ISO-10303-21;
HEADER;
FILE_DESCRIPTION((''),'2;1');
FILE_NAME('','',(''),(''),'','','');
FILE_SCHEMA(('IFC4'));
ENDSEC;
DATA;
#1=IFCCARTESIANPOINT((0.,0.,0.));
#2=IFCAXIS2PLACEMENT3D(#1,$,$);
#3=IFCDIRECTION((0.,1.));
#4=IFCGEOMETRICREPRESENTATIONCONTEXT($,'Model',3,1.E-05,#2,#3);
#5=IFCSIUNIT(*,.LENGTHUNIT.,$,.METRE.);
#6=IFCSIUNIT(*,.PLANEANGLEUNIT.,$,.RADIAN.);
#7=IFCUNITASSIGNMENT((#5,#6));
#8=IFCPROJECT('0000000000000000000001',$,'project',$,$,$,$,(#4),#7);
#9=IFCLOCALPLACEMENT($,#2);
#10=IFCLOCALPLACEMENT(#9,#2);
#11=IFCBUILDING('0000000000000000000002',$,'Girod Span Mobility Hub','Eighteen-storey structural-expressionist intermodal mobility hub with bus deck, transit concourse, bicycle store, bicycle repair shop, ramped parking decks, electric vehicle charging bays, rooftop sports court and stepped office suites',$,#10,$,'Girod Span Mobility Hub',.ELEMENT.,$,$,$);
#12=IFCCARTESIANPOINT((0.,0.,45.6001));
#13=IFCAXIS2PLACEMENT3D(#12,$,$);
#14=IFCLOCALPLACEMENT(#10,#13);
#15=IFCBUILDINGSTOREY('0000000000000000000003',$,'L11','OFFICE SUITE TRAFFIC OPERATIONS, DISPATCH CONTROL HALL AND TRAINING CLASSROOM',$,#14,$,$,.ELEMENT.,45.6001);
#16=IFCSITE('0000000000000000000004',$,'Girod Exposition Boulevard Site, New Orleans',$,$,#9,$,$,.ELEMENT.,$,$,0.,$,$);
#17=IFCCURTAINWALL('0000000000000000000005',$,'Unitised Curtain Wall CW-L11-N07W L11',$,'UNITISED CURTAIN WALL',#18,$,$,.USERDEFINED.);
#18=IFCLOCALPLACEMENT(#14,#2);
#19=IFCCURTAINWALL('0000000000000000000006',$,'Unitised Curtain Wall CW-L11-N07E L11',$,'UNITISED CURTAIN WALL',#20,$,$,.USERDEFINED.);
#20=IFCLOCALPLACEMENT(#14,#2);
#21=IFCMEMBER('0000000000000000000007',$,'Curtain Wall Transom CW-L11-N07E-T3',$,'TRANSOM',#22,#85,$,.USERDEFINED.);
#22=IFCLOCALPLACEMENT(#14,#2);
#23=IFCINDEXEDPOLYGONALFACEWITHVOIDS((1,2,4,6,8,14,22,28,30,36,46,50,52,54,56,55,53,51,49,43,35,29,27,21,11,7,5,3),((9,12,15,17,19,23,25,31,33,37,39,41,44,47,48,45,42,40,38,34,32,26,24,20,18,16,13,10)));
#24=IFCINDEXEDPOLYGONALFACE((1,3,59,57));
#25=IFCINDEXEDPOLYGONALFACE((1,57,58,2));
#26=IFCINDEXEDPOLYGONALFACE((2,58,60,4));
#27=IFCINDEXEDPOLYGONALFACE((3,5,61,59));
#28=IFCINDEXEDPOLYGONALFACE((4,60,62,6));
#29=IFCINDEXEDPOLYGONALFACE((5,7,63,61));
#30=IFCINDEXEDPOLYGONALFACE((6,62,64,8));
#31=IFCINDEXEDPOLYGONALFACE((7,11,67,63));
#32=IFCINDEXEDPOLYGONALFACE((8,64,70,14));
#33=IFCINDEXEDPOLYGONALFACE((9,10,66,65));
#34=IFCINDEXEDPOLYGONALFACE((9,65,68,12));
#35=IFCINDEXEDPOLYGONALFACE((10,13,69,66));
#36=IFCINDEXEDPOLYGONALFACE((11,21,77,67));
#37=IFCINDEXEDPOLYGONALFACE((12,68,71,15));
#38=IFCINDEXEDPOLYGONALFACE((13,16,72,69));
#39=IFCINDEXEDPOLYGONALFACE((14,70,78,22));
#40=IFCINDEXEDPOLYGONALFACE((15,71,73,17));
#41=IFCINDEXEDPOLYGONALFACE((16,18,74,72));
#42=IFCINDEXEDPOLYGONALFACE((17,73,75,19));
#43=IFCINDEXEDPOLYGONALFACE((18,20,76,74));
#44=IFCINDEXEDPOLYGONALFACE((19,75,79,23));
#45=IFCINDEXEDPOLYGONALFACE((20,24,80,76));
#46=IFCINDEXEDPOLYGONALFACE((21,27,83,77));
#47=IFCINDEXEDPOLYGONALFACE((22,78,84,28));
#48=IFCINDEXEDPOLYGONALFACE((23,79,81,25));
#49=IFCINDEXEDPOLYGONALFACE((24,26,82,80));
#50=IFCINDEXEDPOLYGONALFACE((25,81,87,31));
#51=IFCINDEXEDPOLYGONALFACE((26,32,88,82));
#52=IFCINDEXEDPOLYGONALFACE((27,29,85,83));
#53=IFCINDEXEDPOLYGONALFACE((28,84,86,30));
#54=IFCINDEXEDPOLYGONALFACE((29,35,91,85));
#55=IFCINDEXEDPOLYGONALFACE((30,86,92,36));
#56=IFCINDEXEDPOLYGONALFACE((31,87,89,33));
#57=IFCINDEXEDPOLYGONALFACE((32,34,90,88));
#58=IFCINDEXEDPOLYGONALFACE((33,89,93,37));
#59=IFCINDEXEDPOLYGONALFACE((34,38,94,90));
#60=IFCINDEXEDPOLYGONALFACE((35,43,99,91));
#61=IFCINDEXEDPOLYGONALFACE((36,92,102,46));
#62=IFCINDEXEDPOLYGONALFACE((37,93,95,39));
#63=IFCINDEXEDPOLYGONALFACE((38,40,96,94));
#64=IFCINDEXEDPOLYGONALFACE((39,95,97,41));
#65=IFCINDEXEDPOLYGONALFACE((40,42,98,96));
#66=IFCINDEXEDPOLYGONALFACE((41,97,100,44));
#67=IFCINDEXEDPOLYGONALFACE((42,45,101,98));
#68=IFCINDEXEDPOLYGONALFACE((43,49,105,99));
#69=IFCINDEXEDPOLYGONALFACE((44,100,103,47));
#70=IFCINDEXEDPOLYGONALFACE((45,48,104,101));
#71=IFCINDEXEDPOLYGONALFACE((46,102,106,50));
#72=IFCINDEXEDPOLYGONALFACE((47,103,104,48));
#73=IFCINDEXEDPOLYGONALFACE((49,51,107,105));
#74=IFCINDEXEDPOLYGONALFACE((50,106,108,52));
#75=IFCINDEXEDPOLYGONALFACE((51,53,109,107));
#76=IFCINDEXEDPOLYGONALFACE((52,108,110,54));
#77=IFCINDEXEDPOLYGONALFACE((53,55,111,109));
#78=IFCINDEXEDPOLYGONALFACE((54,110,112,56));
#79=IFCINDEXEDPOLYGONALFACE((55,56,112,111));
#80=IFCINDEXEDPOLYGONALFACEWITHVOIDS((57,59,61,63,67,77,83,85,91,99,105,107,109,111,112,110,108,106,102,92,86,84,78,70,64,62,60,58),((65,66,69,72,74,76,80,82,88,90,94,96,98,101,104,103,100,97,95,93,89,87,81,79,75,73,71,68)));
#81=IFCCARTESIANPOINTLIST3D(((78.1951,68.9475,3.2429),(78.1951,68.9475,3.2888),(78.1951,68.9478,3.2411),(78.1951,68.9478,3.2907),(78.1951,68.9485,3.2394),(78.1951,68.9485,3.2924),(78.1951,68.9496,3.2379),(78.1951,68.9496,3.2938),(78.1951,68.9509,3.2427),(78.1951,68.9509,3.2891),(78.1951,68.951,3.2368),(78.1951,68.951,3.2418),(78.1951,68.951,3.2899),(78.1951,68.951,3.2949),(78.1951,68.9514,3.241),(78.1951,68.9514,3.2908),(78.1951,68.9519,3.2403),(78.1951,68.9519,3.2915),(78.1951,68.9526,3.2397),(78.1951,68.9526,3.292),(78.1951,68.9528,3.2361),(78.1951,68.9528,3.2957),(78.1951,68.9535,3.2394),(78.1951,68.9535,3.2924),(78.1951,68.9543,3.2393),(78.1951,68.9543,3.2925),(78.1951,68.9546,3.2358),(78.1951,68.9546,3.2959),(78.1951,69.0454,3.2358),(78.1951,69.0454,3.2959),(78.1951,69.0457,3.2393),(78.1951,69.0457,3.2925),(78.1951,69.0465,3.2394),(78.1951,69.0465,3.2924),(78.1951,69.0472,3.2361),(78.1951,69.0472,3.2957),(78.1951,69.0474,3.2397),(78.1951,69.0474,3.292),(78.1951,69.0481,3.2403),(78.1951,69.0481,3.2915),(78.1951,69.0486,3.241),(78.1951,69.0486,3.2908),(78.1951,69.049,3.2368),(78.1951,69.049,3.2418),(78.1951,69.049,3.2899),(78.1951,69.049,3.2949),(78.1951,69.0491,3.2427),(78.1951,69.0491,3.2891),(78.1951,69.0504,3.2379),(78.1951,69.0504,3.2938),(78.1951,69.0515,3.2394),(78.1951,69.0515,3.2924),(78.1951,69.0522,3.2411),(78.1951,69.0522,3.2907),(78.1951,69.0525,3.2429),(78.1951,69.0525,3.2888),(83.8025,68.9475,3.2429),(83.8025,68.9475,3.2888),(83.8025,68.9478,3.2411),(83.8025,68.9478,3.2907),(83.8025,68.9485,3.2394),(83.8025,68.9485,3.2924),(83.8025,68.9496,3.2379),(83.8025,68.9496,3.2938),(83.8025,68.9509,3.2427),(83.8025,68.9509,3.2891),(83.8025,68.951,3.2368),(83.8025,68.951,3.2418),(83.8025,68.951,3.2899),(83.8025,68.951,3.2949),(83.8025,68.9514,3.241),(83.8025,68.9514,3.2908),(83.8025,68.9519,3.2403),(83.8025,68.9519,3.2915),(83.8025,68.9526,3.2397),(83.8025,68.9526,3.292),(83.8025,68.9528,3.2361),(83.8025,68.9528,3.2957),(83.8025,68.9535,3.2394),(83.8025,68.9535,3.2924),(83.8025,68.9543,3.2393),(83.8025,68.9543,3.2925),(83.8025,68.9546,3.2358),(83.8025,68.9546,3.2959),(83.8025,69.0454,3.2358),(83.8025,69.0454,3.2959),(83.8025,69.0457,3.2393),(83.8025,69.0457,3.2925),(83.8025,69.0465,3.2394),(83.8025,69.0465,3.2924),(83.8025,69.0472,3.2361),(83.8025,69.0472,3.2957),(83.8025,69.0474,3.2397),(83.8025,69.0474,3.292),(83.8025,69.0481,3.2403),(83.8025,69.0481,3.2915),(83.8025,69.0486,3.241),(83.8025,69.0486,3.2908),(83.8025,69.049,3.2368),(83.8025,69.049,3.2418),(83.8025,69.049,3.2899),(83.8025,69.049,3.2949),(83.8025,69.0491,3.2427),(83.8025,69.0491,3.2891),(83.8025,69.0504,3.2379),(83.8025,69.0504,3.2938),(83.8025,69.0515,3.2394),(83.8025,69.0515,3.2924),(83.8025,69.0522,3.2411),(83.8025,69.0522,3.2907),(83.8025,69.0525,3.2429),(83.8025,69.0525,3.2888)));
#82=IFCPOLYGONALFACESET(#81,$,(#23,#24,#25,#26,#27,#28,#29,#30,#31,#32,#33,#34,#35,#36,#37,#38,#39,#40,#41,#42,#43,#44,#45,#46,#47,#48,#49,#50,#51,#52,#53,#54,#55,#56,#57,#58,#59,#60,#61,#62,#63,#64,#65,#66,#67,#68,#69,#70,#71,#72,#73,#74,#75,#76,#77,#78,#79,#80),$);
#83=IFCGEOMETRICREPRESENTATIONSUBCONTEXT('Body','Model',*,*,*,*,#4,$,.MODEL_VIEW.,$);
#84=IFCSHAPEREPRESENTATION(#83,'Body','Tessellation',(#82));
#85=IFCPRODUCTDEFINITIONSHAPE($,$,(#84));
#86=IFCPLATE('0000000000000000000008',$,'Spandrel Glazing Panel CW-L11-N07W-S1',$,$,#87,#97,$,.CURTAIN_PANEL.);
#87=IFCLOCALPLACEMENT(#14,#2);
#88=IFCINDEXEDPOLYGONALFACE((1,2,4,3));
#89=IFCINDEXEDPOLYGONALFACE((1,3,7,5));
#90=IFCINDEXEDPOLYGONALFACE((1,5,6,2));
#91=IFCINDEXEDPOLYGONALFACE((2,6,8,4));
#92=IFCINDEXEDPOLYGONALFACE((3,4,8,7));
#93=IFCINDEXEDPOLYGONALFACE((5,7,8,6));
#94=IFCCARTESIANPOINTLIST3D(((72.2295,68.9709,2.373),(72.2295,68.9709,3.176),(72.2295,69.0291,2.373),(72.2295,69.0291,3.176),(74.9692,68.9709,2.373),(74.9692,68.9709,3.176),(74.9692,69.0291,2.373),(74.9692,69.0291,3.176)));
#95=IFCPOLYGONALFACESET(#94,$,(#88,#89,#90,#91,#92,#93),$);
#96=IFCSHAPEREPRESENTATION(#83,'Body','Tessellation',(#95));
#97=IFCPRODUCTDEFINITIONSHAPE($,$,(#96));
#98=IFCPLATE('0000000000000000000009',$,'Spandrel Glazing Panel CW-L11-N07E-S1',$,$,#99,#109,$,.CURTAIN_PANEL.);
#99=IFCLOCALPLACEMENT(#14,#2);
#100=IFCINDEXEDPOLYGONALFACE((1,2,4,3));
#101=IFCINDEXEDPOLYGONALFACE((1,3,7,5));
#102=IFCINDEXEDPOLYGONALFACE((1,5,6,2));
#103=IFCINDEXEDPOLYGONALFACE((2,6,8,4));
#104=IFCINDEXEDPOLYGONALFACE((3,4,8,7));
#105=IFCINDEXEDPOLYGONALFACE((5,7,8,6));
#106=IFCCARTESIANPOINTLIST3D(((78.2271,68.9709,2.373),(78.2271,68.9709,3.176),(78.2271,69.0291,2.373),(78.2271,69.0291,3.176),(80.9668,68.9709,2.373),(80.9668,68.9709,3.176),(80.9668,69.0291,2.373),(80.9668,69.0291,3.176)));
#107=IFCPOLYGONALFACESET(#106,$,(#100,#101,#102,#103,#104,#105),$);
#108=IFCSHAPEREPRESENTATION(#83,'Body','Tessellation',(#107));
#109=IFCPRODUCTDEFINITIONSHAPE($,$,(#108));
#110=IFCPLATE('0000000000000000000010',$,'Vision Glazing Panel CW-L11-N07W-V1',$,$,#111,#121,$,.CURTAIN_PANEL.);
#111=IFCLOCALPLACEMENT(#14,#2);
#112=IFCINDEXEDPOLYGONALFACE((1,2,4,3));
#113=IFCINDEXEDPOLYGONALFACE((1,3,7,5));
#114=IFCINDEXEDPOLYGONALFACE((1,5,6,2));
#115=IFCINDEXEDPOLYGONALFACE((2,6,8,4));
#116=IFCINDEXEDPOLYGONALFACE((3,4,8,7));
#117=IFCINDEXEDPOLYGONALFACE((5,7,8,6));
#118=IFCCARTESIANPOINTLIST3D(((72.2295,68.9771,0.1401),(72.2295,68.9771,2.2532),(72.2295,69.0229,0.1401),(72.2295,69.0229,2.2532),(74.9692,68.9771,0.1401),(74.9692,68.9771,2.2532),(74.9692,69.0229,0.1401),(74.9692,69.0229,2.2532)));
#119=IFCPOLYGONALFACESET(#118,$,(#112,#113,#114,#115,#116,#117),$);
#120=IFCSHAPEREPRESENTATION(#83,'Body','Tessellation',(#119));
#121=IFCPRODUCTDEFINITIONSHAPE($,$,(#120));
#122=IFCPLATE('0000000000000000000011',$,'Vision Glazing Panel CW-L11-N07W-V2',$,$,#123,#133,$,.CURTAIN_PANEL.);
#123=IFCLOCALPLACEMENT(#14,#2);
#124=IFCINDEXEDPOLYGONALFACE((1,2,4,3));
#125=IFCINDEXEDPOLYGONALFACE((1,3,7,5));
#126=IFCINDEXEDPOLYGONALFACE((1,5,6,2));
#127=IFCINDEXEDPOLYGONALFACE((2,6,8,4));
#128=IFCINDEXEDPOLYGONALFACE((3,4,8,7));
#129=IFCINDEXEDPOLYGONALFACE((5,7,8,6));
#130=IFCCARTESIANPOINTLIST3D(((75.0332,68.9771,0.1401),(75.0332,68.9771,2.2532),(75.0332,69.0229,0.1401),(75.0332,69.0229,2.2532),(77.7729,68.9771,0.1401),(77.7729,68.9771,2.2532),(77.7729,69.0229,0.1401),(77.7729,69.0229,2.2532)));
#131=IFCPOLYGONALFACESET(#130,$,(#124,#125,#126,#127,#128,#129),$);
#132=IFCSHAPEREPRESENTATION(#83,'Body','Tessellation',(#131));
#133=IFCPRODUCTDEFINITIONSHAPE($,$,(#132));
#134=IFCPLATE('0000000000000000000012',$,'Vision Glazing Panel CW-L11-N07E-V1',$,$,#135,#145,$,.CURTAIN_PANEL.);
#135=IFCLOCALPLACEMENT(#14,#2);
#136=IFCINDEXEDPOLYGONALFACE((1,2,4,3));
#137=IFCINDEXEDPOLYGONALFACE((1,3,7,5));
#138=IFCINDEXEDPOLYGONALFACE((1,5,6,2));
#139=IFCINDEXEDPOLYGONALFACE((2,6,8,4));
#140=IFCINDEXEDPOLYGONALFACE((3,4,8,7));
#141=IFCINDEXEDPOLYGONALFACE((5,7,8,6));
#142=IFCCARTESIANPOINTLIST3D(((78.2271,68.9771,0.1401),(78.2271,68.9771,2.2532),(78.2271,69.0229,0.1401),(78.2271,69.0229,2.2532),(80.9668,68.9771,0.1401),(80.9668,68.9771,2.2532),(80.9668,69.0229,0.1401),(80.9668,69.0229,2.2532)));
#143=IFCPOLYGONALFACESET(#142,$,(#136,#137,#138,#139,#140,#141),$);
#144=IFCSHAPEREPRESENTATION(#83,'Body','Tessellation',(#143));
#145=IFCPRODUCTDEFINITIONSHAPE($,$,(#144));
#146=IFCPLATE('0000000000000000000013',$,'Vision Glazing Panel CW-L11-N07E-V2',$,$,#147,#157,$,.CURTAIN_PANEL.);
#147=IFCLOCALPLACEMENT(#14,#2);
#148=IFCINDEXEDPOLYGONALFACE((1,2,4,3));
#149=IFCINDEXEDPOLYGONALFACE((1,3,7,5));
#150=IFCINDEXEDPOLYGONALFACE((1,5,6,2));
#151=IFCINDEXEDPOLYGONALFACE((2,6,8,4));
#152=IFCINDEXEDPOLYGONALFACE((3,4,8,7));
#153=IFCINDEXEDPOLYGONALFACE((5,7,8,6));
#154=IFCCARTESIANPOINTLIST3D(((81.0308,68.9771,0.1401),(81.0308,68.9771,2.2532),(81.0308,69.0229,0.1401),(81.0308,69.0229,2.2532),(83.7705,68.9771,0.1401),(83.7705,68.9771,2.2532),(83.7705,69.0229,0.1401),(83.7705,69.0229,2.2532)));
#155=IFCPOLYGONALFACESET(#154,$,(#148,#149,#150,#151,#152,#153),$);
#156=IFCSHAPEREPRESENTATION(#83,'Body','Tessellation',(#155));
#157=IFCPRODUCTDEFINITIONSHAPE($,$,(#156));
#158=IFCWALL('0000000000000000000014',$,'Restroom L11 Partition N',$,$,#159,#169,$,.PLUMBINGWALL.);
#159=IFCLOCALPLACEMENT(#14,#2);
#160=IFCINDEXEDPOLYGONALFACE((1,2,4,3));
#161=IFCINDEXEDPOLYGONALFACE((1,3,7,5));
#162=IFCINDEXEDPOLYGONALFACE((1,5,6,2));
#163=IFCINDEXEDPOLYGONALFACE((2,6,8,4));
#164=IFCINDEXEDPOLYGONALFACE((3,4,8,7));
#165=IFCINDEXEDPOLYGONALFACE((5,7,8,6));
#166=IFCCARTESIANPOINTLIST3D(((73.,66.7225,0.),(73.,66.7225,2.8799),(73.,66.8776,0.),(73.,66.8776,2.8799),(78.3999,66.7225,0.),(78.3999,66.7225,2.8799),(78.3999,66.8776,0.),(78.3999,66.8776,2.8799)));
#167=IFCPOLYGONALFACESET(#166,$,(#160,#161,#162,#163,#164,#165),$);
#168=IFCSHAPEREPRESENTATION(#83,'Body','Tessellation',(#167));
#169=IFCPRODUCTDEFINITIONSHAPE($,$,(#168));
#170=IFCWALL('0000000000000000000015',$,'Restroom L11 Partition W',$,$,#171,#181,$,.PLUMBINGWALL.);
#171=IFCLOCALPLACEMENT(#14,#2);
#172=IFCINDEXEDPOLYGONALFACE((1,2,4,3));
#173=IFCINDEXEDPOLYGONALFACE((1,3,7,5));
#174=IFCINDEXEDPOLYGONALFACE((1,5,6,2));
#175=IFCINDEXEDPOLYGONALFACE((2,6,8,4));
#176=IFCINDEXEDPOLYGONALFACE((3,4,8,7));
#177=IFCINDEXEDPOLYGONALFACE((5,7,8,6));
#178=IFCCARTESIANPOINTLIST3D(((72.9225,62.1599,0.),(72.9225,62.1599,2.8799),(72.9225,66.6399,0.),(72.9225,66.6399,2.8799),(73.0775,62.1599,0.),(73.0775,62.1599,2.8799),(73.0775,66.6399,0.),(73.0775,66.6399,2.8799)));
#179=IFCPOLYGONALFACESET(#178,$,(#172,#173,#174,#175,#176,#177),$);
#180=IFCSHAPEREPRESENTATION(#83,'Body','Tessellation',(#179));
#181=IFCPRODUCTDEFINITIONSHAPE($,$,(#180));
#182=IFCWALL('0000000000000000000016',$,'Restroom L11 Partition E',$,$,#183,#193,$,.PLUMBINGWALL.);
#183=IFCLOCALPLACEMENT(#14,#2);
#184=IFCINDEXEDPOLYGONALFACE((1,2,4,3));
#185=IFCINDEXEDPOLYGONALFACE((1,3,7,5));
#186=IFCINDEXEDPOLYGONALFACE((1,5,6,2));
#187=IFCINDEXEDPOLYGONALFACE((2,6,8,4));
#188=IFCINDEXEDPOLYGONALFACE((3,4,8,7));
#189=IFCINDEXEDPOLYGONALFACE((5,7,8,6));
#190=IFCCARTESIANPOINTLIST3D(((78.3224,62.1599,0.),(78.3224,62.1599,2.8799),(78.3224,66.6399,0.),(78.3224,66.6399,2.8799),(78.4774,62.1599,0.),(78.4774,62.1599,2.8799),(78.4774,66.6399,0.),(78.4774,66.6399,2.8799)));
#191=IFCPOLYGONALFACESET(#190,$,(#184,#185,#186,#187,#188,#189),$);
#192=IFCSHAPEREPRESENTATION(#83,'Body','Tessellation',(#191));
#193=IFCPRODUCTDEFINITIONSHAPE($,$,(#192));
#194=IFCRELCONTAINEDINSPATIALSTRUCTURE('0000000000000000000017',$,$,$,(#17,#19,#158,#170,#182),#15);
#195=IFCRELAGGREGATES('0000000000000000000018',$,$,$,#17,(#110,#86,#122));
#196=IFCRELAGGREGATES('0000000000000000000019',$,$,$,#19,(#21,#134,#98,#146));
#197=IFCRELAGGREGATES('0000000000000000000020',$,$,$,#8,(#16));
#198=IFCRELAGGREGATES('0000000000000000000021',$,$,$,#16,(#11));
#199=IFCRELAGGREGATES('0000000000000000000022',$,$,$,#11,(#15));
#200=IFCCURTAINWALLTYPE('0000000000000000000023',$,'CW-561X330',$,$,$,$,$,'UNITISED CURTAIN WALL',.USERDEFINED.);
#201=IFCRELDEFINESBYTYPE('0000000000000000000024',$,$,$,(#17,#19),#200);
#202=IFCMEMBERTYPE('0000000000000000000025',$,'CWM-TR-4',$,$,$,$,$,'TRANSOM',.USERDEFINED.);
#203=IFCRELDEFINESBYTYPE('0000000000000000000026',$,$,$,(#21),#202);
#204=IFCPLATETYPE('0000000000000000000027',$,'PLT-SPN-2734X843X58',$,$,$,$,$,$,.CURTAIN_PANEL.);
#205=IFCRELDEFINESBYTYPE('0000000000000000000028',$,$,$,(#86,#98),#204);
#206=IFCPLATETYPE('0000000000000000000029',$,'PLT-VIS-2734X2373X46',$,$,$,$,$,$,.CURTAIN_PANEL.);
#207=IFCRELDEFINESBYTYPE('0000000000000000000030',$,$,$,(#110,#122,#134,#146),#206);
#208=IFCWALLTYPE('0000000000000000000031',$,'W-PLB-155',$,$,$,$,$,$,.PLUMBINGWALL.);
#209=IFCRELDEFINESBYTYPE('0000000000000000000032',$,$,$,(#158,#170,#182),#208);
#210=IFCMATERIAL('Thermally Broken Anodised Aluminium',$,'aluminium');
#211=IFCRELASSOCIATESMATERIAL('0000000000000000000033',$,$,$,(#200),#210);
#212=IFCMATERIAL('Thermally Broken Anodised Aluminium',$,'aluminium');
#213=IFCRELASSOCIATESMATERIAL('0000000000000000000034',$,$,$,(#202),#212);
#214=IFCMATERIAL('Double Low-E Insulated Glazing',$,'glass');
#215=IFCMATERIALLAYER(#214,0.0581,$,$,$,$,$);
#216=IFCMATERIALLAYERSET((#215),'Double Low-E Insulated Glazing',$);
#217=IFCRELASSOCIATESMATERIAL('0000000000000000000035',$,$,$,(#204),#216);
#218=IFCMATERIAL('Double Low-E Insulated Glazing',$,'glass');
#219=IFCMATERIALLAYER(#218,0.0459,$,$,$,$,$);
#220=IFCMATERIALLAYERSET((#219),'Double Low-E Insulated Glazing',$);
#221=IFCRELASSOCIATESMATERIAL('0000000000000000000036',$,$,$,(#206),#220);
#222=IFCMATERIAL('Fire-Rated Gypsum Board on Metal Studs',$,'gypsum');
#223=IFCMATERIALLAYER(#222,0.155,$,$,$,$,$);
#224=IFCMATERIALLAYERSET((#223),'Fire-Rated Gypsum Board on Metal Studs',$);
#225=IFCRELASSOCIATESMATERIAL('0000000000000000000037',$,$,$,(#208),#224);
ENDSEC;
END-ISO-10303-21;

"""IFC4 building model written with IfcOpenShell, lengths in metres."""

from ifc_helpers import new_model, si_unit, direction, frame, frame_2d, origin, origin_2d, place, context, subcontext, project, spatial, rectangle, hollow_rectangle, extrude, material, layer, layer_set, material_profile, profile_set, type_object, element, aggregate, save


model = new_model("IFC4")

# Units and contexts
model_context = context("Model", 3, precision=1e-05, world=origin(), true_north=direction((0.0, 1.0)))
body_context = subcontext(model_context, "Body", "Model", "MODEL_VIEW")
ifc_project = project(units=[si_unit("LENGTHUNIT", "METRE"), si_unit("PLANEANGLEUNIT", "RADIAN")], contexts=[model_context])

# Site, building, storey
site_placement = place(None, origin())
site = spatial("IfcSite", under=ifc_project, at=site_placement, Name="Girod Exposition Boulevard Site, New Orleans", CompositionType="ELEMENT", RefElevation=0.0)
building_placement = place(site_placement, origin())
building = spatial("IfcBuilding", under=site, at=building_placement, Name="Girod Span Mobility Hub", Description="Eighteen-storey structural-expressionist intermodal mobility hub with bus deck, transit concourse, bicycle store, bicycle repair shop, ramped parking decks, electric vehicle charging bays, rooftop sports court and stepped office suites", LongName="Girod Span Mobility Hub", CompositionType="ELEMENT")
storey_placement = place(building_placement, frame((0.0, 0.0, 45.6001)))
storey = spatial("IfcBuildingStorey", under=building, at=storey_placement, Name="L11", Description="OFFICE SUITE TRAFFIC OPERATIONS, DISPATCH CONTROL HALL AND TRAINING CLASSROOM", CompositionType="ELEMENT", Elevation=45.6001)

# Shared definitions
ifc_material_1 = material(Name="Thermally Broken Anodised Aluminium", Category="aluminium")
curtain_wall_type = type_object("IfcCurtainWallType", Name="CW-561X330", ElementType="UNITISED CURTAIN WALL", PredefinedType="USERDEFINED", material=ifc_material_1)

# Curtain walls
curtain_wall_1_placement = place(storey_placement, origin())
curtain_wall_1 = element("IfcCurtainWall", 1, at=curtain_wall_1_placement, inside=storey, type_object=curtain_wall_type, Name="Unitised Curtain Wall CW-L11-N07W L11", ObjectType="UNITISED CURTAIN WALL", PredefinedType="USERDEFINED")
curtain_wall_2_placement = place(storey_placement, origin())
curtain_wall_2 = element("IfcCurtainWall", 2, at=curtain_wall_2_placement, inside=storey, type_object=curtain_wall_type, Name="Unitised Curtain Wall CW-L11-N07E L11", ObjectType="UNITISED CURTAIN WALL", PredefinedType="USERDEFINED")

# Member
ifc_material_2 = material(Name="Thermally Broken Anodised Aluminium", Category="aluminium")
ifc_material_profile_1 = material_profile(ifc_material_2, hollow_rectangle(XDim=0.105, YDim=0.0601, WallThickness=0.0034, InnerFilletRadius=0.0034, OuterFilletRadius=0.0071, at=origin_2d()), Name="CW-TR-60X105")
ifc_profile_set_1 = profile_set([ifc_material_profile_1], Name="Thermally Broken Anodised Aluminium")
member_type_1 = type_object("IfcMemberType", Name="CWM-TR-4", ElementType="TRANSOM", PredefinedType="USERDEFINED", material=ifc_profile_set_1)
member_1_placement = place(storey_placement, frame((78.1951, 69.0, 3.2659), z_axis=(1.0, 0.0, 0.0), x_axis=(0.0, 1.0, 0.0)))
member_1 = element("IfcMember", 3, at=member_1_placement, type_object=member_type_1, Name="Curtain Wall Transom CW-L11-N07E-T3", ObjectType="TRANSOM", PredefinedType="USERDEFINED", context=body_context, shape_type="SweptSolid", body=[
    extrude(hollow_rectangle(XDim=0.105, YDim=0.0601, WallThickness=0.0034, InnerFilletRadius=0.0034, OuterFilletRadius=0.0071, at=origin_2d()), origin(), (0.0, 0.0, 1.0), 5.6074),
])

# Plates
ifc_material_3 = material(Name="Double Low-E Insulated Glazing", Category="glass")
ifc_layer_1 = layer(ifc_material_3, 0.0581)
ifc_layer_set_1 = layer_set([ifc_layer_1], Name="Double Low-E Insulated Glazing")
plate_type_1 = type_object("IfcPlateType", Name="PLT-SPN-2734X843X58", PredefinedType="CURTAIN_PANEL", material=ifc_layer_set_1)
plate_1_placement = place(storey_placement, frame((73.5994, 69.0, 2.373), z_axis=(0.0, 0.0, 1.0), x_axis=(1.0, 0.0, 0.0)))
plate_1 = element("IfcPlate", 4, at=plate_1_placement, type_object=plate_type_1, Name="Spandrel Glazing Panel CW-L11-N07W-S1", PredefinedType="CURTAIN_PANEL", context=body_context, shape_type="SweptSolid", body=[
    extrude(rectangle(XDim=2.7397, YDim=0.0581, at=origin_2d()), origin(), (0.0, 0.0, 1.0), 0.803),
])
plate_2_placement = place(storey_placement, frame((79.5969, 69.0, 2.373), z_axis=(0.0, 0.0, 1.0), x_axis=(1.0, 0.0, 0.0)))
plate_2 = element("IfcPlate", 5, at=plate_2_placement, type_object=plate_type_1, Name="Spandrel Glazing Panel CW-L11-N07E-S1", PredefinedType="CURTAIN_PANEL", context=body_context, shape_type="SweptSolid", body=[
    extrude(rectangle(XDim=2.7397, YDim=0.0581, at=origin_2d()), origin(), (0.0, 0.0, 1.0), 0.803),
])
ifc_material_4 = material(Name="Double Low-E Insulated Glazing", Category="glass")
ifc_layer_2 = layer(ifc_material_4, 0.0459)
ifc_layer_set_2 = layer_set([ifc_layer_2], Name="Double Low-E Insulated Glazing")
plate_type_2 = type_object("IfcPlateType", Name="PLT-VIS-2734X2373X46", PredefinedType="CURTAIN_PANEL", material=ifc_layer_set_2)
plate_3_placement = place(storey_placement, frame((73.5994, 69.0, 0.1401), z_axis=(0.0, 0.0, 1.0), x_axis=(1.0, 0.0, 0.0)))
plate_3 = element("IfcPlate", 6, at=plate_3_placement, type_object=plate_type_2, Name="Vision Glazing Panel CW-L11-N07W-V1", PredefinedType="CURTAIN_PANEL", context=body_context, shape_type="SweptSolid", body=[
    extrude(rectangle(XDim=2.7397, YDim=0.0459, at=origin_2d()), origin(), (0.0, 0.0, 1.0), 2.113),
])
plate_4_placement = place(storey_placement, frame((76.4031, 69.0, 0.1401), z_axis=(0.0, 0.0, 1.0), x_axis=(1.0, 0.0, 0.0)))
plate_4 = element("IfcPlate", 7, at=plate_4_placement, type_object=plate_type_2, Name="Vision Glazing Panel CW-L11-N07W-V2", PredefinedType="CURTAIN_PANEL", context=body_context, shape_type="SweptSolid", body=[
    extrude(rectangle(XDim=2.7397, YDim=0.0459, at=origin_2d()), origin(), (0.0, 0.0, 1.0), 2.113),
])
aggregate(curtain_wall_1, [plate_3, plate_1, plate_4])
plate_5_placement = place(storey_placement, frame((79.5969, 69.0, 0.1401), z_axis=(0.0, 0.0, 1.0), x_axis=(1.0, 0.0, 0.0)))
plate_5 = element("IfcPlate", 8, at=plate_5_placement, type_object=plate_type_2, Name="Vision Glazing Panel CW-L11-N07E-V1", PredefinedType="CURTAIN_PANEL", context=body_context, shape_type="SweptSolid", body=[
    extrude(rectangle(XDim=2.7397, YDim=0.0459, at=origin_2d()), origin(), (0.0, 0.0, 1.0), 2.113),
])
plate_6_placement = place(storey_placement, frame((82.4006, 69.0, 0.1401), z_axis=(0.0, 0.0, 1.0), x_axis=(1.0, 0.0, 0.0)))
plate_6 = element("IfcPlate", 9, at=plate_6_placement, type_object=plate_type_2, Name="Vision Glazing Panel CW-L11-N07E-V2", PredefinedType="CURTAIN_PANEL", context=body_context, shape_type="SweptSolid", body=[
    extrude(rectangle(XDim=2.7397, YDim=0.0459, at=origin_2d()), origin(), (0.0, 0.0, 1.0), 2.113),
])
aggregate(curtain_wall_2, [member_1, plate_5, plate_2, plate_6])

# Shared definitions
ifc_material_5 = material(Name="Fire-Rated Gypsum Board on Metal Studs", Category="gypsum")
ifc_layer_3 = layer(ifc_material_5, 0.155)
ifc_layer_set_3 = layer_set([ifc_layer_3], Name="Fire-Rated Gypsum Board on Metal Studs")
wall_type = type_object("IfcWallType", Name="W-PLB-155", PredefinedType="PLUMBINGWALL", material=ifc_layer_set_3)

# Walls
wall_1_placement = place(storey_placement, frame((73.0, 66.8, 0.0), z_axis=(0.0, 0.0, 1.0), x_axis=(1.0, 0.0, 0.0)))
element("IfcWall", 10, at=wall_1_placement, inside=storey, type_object=wall_type, Name="Restroom L11 Partition N", PredefinedType="PLUMBINGWALL", context=body_context, shape_type="SweptSolid", body=[
    extrude(rectangle(XDim=5.3999, YDim=0.155, at=frame_2d((2.7, 0.0))), origin(), (0.0, 0.0, 1.0), 2.8799),
])
for number, where, z_axis, x_axis, name in (
    (11, (73.0, 62.1599, 0.0), (0.0, 0.0, 1.0), (0.0, 1.0, 0.0), "Restroom L11 Partition W"),
    (12, (78.3999, 62.1599, 0.0), (0.0, 0.0, 1.0), (0.0, 1.0, 0.0), "Restroom L11 Partition E"),
):
    element("IfcWall", number, at=place(storey_placement, frame(where, z_axis=z_axis, x_axis=x_axis)), inside=storey, type_object=wall_type, Name=name, PredefinedType="PLUMBINGWALL", context=body_context, shape_type="SweptSolid", body=[
        extrude(rectangle(XDim=4.48, YDim=0.155, at=frame_2d((2.24, 0.0))), origin(), (0.0, 0.0, 1.0), 2.8799),
    ])

save(model, "model.ifc")
